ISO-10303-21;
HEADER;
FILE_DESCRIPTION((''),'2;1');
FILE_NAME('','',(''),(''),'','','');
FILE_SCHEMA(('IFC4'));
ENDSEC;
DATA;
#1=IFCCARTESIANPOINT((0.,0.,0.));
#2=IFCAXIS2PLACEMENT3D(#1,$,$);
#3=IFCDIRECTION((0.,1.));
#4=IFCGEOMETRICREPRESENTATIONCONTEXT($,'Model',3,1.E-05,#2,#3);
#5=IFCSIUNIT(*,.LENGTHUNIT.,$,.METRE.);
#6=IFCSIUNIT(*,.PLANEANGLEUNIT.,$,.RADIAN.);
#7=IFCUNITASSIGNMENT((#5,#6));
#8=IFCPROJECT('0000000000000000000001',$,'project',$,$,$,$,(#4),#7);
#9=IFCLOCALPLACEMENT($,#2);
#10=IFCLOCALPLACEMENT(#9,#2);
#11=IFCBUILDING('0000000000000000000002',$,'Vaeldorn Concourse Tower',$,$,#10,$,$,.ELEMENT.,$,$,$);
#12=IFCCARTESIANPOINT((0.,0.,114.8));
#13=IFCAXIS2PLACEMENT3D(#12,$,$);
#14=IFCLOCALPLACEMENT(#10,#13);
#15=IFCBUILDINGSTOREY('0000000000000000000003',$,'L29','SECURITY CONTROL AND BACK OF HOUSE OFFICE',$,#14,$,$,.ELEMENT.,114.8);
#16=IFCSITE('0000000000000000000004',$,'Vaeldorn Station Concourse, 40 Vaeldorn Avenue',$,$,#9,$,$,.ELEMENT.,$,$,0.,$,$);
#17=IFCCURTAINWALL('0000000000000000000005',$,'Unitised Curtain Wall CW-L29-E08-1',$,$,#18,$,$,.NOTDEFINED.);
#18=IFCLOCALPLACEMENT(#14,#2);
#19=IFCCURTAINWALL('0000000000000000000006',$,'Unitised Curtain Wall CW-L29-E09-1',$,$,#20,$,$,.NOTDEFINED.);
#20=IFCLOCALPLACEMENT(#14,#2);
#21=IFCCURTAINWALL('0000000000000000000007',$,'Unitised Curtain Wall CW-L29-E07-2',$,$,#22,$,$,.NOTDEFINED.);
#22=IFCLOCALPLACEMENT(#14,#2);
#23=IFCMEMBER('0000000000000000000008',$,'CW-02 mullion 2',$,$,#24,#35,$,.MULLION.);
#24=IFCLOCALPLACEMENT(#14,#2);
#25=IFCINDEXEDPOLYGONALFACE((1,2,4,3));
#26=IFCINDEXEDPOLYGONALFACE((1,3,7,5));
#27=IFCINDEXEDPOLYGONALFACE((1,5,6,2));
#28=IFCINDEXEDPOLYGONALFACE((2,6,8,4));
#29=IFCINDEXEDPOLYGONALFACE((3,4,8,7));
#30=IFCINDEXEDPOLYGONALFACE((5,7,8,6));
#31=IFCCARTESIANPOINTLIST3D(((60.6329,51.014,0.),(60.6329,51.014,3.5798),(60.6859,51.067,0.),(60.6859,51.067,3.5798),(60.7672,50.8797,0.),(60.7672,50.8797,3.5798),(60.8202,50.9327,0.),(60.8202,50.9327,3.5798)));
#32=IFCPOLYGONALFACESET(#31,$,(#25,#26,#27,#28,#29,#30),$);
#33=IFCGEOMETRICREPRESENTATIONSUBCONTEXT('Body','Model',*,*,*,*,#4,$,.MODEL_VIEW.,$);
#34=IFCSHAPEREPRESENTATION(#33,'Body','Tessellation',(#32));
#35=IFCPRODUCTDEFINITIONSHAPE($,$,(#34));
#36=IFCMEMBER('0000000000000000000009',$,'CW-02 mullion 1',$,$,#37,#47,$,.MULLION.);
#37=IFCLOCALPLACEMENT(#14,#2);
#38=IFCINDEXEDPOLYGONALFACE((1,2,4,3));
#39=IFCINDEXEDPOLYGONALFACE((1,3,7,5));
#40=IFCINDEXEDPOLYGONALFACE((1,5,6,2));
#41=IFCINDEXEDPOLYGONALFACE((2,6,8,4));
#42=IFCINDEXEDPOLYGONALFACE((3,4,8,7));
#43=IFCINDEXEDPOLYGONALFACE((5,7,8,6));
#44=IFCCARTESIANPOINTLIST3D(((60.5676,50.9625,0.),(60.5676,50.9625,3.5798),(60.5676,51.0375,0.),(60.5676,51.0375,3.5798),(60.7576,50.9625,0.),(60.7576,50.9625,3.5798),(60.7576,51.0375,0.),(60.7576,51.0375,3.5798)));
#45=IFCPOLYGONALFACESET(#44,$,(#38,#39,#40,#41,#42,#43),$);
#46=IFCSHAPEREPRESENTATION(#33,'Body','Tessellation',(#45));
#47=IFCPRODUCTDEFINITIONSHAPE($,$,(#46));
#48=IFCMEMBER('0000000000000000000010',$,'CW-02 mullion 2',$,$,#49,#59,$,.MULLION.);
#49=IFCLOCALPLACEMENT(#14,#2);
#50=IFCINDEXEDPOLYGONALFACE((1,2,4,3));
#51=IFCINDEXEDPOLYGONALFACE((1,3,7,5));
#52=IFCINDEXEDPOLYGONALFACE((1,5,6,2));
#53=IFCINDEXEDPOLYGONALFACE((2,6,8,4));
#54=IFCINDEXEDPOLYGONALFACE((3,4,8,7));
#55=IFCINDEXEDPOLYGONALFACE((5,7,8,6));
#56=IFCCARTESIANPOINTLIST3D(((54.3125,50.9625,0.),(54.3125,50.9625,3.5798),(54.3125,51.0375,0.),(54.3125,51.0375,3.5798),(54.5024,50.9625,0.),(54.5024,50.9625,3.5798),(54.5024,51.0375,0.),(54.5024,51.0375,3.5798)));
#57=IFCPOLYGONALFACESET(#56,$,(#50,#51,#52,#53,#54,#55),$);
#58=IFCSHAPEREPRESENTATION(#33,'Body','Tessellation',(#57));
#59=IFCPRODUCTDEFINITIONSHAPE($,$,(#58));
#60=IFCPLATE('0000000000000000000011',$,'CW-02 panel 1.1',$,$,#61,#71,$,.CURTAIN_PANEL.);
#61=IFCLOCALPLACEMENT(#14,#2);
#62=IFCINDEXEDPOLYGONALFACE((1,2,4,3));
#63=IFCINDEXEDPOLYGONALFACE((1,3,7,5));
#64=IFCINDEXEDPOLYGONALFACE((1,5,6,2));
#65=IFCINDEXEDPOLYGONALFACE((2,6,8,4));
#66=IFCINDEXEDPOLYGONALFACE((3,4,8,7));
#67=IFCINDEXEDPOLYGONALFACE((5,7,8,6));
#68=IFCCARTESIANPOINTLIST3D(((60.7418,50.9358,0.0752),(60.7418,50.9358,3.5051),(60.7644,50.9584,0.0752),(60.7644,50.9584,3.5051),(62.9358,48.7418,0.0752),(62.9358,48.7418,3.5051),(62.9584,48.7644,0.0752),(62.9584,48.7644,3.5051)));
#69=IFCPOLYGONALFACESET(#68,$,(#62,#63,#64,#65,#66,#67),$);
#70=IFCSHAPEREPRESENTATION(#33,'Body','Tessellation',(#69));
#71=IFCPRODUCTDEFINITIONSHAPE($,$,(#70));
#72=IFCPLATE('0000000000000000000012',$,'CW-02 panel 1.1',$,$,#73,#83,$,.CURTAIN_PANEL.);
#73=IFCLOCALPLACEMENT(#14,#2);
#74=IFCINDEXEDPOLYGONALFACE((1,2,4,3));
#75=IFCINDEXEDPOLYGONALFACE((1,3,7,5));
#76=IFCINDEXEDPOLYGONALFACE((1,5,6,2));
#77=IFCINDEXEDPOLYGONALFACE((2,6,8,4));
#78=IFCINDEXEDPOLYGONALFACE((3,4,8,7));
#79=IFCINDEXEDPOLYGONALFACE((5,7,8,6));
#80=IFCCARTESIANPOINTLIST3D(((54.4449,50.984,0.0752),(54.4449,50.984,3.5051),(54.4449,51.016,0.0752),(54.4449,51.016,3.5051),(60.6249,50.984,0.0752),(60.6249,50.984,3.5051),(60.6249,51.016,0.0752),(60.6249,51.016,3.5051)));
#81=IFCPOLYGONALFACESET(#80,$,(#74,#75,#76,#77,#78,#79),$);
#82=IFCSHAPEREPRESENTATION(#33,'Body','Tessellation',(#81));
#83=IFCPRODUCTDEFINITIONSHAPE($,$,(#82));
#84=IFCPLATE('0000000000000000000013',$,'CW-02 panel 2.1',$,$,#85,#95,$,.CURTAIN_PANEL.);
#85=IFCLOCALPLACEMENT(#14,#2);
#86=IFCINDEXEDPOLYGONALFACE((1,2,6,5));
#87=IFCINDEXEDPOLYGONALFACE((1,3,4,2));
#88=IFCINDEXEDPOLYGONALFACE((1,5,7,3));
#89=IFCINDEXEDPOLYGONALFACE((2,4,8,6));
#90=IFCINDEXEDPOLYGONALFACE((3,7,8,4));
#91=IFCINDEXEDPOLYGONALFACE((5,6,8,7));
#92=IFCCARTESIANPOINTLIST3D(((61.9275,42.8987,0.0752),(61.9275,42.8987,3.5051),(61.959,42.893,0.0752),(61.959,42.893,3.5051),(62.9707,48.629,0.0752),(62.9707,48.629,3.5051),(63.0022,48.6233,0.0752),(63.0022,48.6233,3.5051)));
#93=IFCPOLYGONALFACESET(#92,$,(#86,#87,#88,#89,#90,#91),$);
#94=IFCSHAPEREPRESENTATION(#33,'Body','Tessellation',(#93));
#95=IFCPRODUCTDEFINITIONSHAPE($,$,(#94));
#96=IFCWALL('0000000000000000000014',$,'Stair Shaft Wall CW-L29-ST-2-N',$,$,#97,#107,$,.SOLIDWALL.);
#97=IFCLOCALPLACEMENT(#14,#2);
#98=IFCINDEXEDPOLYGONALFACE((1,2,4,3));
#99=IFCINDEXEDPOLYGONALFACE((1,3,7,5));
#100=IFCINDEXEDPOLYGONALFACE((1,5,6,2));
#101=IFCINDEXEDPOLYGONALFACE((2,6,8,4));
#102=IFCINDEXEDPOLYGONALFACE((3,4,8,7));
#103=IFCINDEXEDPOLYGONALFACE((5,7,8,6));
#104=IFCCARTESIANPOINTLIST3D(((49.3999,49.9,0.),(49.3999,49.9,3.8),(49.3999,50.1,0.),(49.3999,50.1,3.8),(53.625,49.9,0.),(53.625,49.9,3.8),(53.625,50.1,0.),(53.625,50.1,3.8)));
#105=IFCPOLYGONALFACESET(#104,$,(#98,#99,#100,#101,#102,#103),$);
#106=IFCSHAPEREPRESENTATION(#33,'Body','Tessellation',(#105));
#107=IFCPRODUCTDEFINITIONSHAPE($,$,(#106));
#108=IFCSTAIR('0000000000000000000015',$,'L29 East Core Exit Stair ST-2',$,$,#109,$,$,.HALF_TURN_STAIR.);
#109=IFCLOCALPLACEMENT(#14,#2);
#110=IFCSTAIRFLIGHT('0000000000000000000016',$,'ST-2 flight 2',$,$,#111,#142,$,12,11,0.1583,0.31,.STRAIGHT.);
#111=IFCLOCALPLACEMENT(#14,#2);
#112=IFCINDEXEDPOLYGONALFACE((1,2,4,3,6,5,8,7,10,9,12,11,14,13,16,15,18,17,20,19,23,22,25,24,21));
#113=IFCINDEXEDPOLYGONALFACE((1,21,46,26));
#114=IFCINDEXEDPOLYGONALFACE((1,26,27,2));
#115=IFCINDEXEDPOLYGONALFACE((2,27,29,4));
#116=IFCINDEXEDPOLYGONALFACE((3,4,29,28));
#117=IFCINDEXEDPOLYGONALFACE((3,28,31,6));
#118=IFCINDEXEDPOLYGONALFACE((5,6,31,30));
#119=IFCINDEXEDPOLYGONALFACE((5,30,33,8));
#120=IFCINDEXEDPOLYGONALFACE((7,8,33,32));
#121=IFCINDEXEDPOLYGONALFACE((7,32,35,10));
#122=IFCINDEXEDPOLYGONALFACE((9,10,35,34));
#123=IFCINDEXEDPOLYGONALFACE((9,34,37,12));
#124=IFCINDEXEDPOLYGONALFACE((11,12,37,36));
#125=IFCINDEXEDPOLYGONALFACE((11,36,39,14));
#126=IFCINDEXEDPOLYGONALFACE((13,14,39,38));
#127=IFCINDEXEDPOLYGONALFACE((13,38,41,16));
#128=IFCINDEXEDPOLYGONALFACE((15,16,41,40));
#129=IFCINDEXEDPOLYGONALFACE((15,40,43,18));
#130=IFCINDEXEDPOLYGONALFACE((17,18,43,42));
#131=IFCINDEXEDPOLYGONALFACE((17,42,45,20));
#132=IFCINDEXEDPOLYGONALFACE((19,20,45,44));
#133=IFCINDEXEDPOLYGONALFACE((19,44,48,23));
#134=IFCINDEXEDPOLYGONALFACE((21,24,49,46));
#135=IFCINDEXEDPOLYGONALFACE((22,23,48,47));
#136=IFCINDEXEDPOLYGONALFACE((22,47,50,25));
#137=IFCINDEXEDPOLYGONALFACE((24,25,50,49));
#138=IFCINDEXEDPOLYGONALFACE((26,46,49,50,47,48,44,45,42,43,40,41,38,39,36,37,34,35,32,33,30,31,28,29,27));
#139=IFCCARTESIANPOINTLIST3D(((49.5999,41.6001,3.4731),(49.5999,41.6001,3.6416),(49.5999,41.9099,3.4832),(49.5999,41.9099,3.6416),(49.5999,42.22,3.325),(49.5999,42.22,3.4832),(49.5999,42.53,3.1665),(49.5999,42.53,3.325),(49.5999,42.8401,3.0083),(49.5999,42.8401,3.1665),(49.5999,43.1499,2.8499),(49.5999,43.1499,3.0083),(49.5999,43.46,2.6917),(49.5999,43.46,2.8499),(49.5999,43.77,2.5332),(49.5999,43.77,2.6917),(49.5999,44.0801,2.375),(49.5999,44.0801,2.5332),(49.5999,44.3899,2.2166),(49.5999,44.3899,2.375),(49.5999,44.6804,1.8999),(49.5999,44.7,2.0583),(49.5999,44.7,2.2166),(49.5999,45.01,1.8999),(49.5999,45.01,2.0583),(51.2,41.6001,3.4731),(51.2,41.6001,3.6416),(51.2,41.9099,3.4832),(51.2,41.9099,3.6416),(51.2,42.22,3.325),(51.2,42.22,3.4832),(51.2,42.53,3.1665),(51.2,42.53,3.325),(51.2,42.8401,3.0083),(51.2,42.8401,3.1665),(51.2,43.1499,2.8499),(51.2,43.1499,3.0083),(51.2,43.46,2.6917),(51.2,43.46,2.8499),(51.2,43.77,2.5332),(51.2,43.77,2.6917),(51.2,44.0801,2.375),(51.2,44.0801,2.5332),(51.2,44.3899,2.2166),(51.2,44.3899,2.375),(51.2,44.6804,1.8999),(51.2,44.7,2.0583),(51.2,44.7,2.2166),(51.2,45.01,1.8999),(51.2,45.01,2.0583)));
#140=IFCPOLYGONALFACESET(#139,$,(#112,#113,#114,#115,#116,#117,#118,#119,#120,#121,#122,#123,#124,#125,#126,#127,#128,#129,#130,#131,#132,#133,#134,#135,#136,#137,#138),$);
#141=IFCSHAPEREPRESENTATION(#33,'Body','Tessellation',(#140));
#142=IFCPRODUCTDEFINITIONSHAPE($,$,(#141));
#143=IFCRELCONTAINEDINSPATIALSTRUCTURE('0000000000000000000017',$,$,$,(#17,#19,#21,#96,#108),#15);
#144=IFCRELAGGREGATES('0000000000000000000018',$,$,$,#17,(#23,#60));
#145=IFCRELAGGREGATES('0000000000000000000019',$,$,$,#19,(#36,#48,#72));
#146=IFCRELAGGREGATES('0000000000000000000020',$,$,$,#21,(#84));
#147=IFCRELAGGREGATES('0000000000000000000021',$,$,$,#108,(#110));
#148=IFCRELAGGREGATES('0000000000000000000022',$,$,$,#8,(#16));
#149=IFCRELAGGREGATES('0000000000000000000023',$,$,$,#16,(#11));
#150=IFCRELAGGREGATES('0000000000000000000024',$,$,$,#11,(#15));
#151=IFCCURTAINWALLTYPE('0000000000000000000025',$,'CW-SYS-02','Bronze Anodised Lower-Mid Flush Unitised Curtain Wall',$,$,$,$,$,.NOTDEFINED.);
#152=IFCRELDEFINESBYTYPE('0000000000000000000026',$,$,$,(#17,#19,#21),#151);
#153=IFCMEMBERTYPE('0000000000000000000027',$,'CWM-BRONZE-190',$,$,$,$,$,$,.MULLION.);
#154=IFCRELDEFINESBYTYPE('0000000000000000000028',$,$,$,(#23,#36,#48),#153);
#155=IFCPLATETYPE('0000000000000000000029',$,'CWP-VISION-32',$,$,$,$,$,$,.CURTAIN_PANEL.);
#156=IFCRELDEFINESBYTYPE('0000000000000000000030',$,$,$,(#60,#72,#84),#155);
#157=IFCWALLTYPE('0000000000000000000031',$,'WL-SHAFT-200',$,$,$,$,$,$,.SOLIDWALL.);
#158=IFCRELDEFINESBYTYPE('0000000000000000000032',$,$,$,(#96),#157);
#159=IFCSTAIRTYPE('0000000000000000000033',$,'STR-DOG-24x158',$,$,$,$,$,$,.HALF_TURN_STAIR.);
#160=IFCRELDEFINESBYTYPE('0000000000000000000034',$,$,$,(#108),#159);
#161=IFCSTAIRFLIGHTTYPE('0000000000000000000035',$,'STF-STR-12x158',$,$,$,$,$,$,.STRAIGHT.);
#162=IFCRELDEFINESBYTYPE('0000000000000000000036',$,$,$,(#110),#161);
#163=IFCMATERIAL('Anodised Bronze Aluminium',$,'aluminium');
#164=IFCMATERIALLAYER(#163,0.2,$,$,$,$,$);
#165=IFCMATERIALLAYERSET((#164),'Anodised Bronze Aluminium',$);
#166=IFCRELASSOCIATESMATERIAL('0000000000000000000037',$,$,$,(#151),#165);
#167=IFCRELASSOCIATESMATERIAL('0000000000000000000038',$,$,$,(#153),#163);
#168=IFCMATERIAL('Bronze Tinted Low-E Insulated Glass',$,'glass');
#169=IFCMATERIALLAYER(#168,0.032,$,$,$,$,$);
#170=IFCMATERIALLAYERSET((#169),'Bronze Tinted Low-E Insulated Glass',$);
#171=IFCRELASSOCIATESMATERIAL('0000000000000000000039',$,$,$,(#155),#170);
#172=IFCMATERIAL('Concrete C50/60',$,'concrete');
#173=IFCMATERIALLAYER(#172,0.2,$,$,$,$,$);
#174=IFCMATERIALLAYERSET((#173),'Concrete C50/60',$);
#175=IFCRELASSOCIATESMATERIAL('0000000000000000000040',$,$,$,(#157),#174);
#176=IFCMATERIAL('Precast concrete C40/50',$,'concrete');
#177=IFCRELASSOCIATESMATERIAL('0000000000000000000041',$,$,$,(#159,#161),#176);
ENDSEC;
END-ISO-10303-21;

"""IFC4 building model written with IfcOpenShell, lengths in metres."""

from ifc_helpers import new_model, si_unit, direction, frame, frame_2d, origin, origin_2d, place, context, subcontext, project, spatial, polyline, rectangle, outline, extrude, source, transform, mapped, material, layer, layer_set, material_profile, profile_set, type_object, element, aggregate, save


model = new_model("IFC4")

# Units and contexts
model_context = context("Model", 3, precision=1e-05, world=origin(), true_north=direction((0.0, 1.0)))
body_context = subcontext(model_context, "Body", "Model", "MODEL_VIEW")
ifc_project = project(units=[si_unit("LENGTHUNIT", "METRE"), si_unit("PLANEANGLEUNIT", "RADIAN")], contexts=[model_context])

# Site, building, storey
site_placement = place(None, origin())
site = spatial("IfcSite", under=ifc_project, at=site_placement, Name="Vaeldorn Station Concourse, 40 Vaeldorn Avenue", CompositionType="ELEMENT", RefElevation=0.0)
building_placement = place(site_placement, origin())
building = spatial("IfcBuilding", under=site, at=building_placement, Name="Vaeldorn Concourse Tower", CompositionType="ELEMENT")
storey_placement = place(building_placement, frame((0.0, 0.0, 114.8)))
storey = spatial("IfcBuildingStorey", under=building, at=storey_placement, Name="L29", Description="SECURITY CONTROL AND BACK OF HOUSE OFFICE", CompositionType="ELEMENT", Elevation=114.8)

# Curtain walls
ifc_material_1 = material(Name="Anodised Bronze Aluminium", Category="aluminium")
ifc_layer_1 = layer(ifc_material_1, 0.2)
ifc_layer_set_1 = layer_set([ifc_layer_1], Name="Anodised Bronze Aluminium")
curtain_wall_type = type_object("IfcCurtainWallType", Name="CW-SYS-02", Description="Bronze Anodised Lower-Mid Flush Unitised Curtain Wall", PredefinedType="NOTDEFINED", material=ifc_layer_set_1)
curtain_wall_1_placement = place(storey_placement, origin())
curtain_wall_1 = element("IfcCurtainWall", 1, at=curtain_wall_1_placement, inside=storey, type_object=curtain_wall_type, Name="Unitised Curtain Wall CW-L29-E08-1", PredefinedType="NOTDEFINED")
curtain_wall_2_placement = place(storey_placement, origin())
curtain_wall_2 = element("IfcCurtainWall", 2, at=curtain_wall_2_placement, inside=storey, type_object=curtain_wall_type, Name="Unitised Curtain Wall CW-L29-E09-1", PredefinedType="NOTDEFINED")

# Curtain wall
curtain_wall_3_placement = place(storey_placement, origin())
curtain_wall_3 = element("IfcCurtainWall", 3, at=curtain_wall_3_placement, inside=storey, type_object=curtain_wall_type, Name="Unitised Curtain Wall CW-L29-E07-2", PredefinedType="NOTDEFINED")
ifc_material_profile_1 = material_profile(ifc_material_1, rectangle(XDim=0.075, YDim=0.1899, at=origin_2d()), Name="CWM 75x190")
ifc_profile_set_1 = profile_set([ifc_material_profile_1], Name="Anodised Bronze Aluminium")
member_type_1 = type_object("IfcMemberType", Name="CWM-BRONZE-190", PredefinedType="MULLION", material=ifc_profile_set_1)
shared_shape_1 = source(origin(), body_context, "Body", "SweptSolid", [
    extrude(rectangle(XDim=0.075, YDim=0.1899, at=origin_2d()), origin(), (0.0, 0.0, 1.0), 3.5798),
])

# Members
member_1_placement = place(storey_placement, frame((60.7266, 50.9734, 0.0), z_axis=(0.0, 0.0, 1.0), x_axis=(-0.707107, -0.707107, 0.0)))
member_1 = element("IfcMember", 4, at=member_1_placement, type_object=member_type_1, Name="CW-02 mullion 2", PredefinedType="MULLION", context=body_context, shape_type="MappedRepresentation", body=[
    mapped(shared_shape_1, transform((0.0, 0.0, 0.0), scale=1.0)),
])
member_2_placement = place(storey_placement, frame((60.6626, 51.0, 0.0), z_axis=(0.0, 0.0, 1.0), x_axis=(0.0, -1.0, 0.0)))
member_2 = element("IfcMember", 5, at=member_2_placement, type_object=member_type_1, Name="CW-02 mullion 1", PredefinedType="MULLION", context=body_context, shape_type="MappedRepresentation", body=[
    mapped(shared_shape_1, transform((0.0, 0.0, 0.0), scale=1.0)),
])
member_3_placement = place(storey_placement, frame((54.4075, 51.0, 0.0), z_axis=(0.0, 0.0, 1.0), x_axis=(0.0, -1.0, 0.0)))
member_3 = element("IfcMember", 6, at=member_3_placement, type_object=member_type_1, Name="CW-02 mullion 2", PredefinedType="MULLION", context=body_context, shape_type="MappedRepresentation", body=[
    mapped(shared_shape_1, transform((0.0, 0.0, 0.0), scale=1.0)),
])

# Plates
ifc_material_2 = material(Name="Bronze Tinted Low-E Insulated Glass", Category="glass")
ifc_layer_2 = layer(ifc_material_2, 0.032)
ifc_layer_set_2 = layer_set([ifc_layer_2], Name="Bronze Tinted Low-E Insulated Glass")
plate_type = type_object("IfcPlateType", Name="CWP-VISION-32", PredefinedType="CURTAIN_PANEL", material=ifc_layer_set_2)
shared_shape_2 = source(origin(), body_context, "Body", "SweptSolid", [
    extrude(rectangle(XDim=3.1028, YDim=0.032, at=origin_2d()), origin(), (0.0, 0.0, 1.0), 3.4299),
])
plate_1_placement = place(storey_placement, frame((61.8501, 49.8501, 0.0752), z_axis=(0.0, 0.0, 1.0), x_axis=(-0.707107, 0.707107, 0.0)))
plate_1 = element("IfcPlate", 7, at=plate_1_placement, type_object=plate_type, Name="CW-02 panel 1.1", PredefinedType="CURTAIN_PANEL", context=body_context, shape_type="MappedRepresentation", body=[
    mapped(shared_shape_2, transform((0.0, 0.0, 0.0), scale=1.0)),
])
aggregate(curtain_wall_1, [member_1, plate_1])
shared_shape_3 = source(origin(), body_context, "Body", "SweptSolid", [
    extrude(rectangle(XDim=6.1799, YDim=0.032, at=origin_2d()), origin(), (0.0, 0.0, 1.0), 3.4299),
])
plate_2_placement = place(storey_placement, frame((57.5349, 51.0, 0.0752), z_axis=(0.0, 0.0, 1.0), x_axis=(-1.0, 0.0, 0.0)))
plate_2 = element("IfcPlate", 8, at=plate_2_placement, type_object=plate_type, Name="CW-02 panel 1.1", PredefinedType="CURTAIN_PANEL", context=body_context, shape_type="MappedRepresentation", body=[
    mapped(shared_shape_3, transform((0.0, 0.0, 0.0), scale=1.0)),
])
aggregate(curtain_wall_2, [member_2, member_3, plate_2])
shared_shape_4 = source(origin(), body_context, "Body", "SweptSolid", [
    extrude(rectangle(XDim=5.8245, YDim=0.032, at=origin_2d()), origin(), (0.0, 0.0, 1.0), 3.4299),
])
plate_3_placement = place(storey_placement, frame((62.4648, 45.761, 0.0752), z_axis=(0.0, 0.0, 1.0), x_axis=(0.179114, 0.983828, 0.0)))
plate_3 = element("IfcPlate", 9, at=plate_3_placement, type_object=plate_type, Name="CW-02 panel 2.1", PredefinedType="CURTAIN_PANEL", context=body_context, shape_type="MappedRepresentation", body=[
    mapped(shared_shape_4, transform((0.0, 0.0, 0.0), scale=1.0)),
])
aggregate(curtain_wall_3, [plate_3])

# Wall
ifc_material_3 = material(Name="Concrete C50/60", Category="concrete")
ifc_layer_3 = layer(ifc_material_3, 0.2)
ifc_layer_set_3 = layer_set([ifc_layer_3], Name="Concrete C50/60")
wall_type = type_object("IfcWallType", Name="WL-SHAFT-200", PredefinedType="SOLIDWALL", material=ifc_layer_set_3)
wall_placement = place(storey_placement, frame((49.3999, 50.0, 0.0), z_axis=(0.0, 0.0, 1.0), x_axis=(1.0, 0.0, 0.0)))
element("IfcWall", 10, at=wall_placement, inside=storey, type_object=wall_type, Name="Stair Shaft Wall CW-L29-ST-2-N", PredefinedType="SOLIDWALL", context=body_context, shape_type="SweptSolid", body=[
    extrude(rectangle(XDim=4.2251, YDim=0.2, at=frame_2d((2.1125, 0.0))), origin(), (0.0, 0.0, 1.0), 3.8),
])

# Stair, stair flight
ifc_material_4 = material(Name="Precast concrete C40/50", Category="concrete")
stair_type = type_object("IfcStairType", Name="STR-DOG-24x158", PredefinedType="HALF_TURN_STAIR", material=ifc_material_4)
stair_placement = place(storey_placement, origin())
stair = element("IfcStair", 11, at=stair_placement, inside=storey, type_object=stair_type, Name="L29 East Core Exit Stair ST-2", PredefinedType="HALF_TURN_STAIR")
stair_flight_type = type_object("IfcStairFlightType", Name="STF-STR-12x158", PredefinedType="STRAIGHT", material=ifc_material_4)
stair_flight_placement = place(storey_placement, frame((50.3999, 45.01, 1.8999), z_axis=(0.0, 0.0, 1.0), x_axis=(0.0, -1.0, 0.0)))
stair_flight = element("IfcStairFlight", 12, at=stair_flight_placement, type_object=stair_flight_type, Name="ST-2 flight 2", NumberOfRisers=12, NumberOfTreads=11, PredefinedType="STRAIGHT", RiserHeight=0.1583, TreadLength=0.31, context=body_context, shape_type="SweptSolid", body=[
    extrude(outline(polyline([(0.0, 0.0), (0.0, 0.1584), (0.3101, 0.1584), (0.3101, 0.3167), (0.6201, 0.3167), (0.6201, 0.4751), (0.9299, 0.4751), (0.9299, 0.6333), (1.24, 0.6333), (1.24, 0.7917), (1.55, 0.7917), (1.55, 0.95), (1.8601, 0.95), (1.8601, 1.1084), (2.1699, 1.1084), (2.1699, 1.2666), (2.48, 1.2666), (2.48, 1.425), (2.79, 1.425), (2.79, 1.5833), (3.1001, 1.5833), (3.1001, 1.7417), (3.4099, 1.7417), (3.4099, 1.8999), (3.4099, 1.5732), (0.3296, 0.0), (0.0, 0.0)])), frame((0.0, 0.8, 0.0), z_axis=(0.0, -1.0, 0.0), x_axis=(1.0, 0.0, 0.0)), (0.0, 0.0, 1.0), 1.6001),
])
aggregate(stair, [stair_flight])

save(model, "model.ifc")
